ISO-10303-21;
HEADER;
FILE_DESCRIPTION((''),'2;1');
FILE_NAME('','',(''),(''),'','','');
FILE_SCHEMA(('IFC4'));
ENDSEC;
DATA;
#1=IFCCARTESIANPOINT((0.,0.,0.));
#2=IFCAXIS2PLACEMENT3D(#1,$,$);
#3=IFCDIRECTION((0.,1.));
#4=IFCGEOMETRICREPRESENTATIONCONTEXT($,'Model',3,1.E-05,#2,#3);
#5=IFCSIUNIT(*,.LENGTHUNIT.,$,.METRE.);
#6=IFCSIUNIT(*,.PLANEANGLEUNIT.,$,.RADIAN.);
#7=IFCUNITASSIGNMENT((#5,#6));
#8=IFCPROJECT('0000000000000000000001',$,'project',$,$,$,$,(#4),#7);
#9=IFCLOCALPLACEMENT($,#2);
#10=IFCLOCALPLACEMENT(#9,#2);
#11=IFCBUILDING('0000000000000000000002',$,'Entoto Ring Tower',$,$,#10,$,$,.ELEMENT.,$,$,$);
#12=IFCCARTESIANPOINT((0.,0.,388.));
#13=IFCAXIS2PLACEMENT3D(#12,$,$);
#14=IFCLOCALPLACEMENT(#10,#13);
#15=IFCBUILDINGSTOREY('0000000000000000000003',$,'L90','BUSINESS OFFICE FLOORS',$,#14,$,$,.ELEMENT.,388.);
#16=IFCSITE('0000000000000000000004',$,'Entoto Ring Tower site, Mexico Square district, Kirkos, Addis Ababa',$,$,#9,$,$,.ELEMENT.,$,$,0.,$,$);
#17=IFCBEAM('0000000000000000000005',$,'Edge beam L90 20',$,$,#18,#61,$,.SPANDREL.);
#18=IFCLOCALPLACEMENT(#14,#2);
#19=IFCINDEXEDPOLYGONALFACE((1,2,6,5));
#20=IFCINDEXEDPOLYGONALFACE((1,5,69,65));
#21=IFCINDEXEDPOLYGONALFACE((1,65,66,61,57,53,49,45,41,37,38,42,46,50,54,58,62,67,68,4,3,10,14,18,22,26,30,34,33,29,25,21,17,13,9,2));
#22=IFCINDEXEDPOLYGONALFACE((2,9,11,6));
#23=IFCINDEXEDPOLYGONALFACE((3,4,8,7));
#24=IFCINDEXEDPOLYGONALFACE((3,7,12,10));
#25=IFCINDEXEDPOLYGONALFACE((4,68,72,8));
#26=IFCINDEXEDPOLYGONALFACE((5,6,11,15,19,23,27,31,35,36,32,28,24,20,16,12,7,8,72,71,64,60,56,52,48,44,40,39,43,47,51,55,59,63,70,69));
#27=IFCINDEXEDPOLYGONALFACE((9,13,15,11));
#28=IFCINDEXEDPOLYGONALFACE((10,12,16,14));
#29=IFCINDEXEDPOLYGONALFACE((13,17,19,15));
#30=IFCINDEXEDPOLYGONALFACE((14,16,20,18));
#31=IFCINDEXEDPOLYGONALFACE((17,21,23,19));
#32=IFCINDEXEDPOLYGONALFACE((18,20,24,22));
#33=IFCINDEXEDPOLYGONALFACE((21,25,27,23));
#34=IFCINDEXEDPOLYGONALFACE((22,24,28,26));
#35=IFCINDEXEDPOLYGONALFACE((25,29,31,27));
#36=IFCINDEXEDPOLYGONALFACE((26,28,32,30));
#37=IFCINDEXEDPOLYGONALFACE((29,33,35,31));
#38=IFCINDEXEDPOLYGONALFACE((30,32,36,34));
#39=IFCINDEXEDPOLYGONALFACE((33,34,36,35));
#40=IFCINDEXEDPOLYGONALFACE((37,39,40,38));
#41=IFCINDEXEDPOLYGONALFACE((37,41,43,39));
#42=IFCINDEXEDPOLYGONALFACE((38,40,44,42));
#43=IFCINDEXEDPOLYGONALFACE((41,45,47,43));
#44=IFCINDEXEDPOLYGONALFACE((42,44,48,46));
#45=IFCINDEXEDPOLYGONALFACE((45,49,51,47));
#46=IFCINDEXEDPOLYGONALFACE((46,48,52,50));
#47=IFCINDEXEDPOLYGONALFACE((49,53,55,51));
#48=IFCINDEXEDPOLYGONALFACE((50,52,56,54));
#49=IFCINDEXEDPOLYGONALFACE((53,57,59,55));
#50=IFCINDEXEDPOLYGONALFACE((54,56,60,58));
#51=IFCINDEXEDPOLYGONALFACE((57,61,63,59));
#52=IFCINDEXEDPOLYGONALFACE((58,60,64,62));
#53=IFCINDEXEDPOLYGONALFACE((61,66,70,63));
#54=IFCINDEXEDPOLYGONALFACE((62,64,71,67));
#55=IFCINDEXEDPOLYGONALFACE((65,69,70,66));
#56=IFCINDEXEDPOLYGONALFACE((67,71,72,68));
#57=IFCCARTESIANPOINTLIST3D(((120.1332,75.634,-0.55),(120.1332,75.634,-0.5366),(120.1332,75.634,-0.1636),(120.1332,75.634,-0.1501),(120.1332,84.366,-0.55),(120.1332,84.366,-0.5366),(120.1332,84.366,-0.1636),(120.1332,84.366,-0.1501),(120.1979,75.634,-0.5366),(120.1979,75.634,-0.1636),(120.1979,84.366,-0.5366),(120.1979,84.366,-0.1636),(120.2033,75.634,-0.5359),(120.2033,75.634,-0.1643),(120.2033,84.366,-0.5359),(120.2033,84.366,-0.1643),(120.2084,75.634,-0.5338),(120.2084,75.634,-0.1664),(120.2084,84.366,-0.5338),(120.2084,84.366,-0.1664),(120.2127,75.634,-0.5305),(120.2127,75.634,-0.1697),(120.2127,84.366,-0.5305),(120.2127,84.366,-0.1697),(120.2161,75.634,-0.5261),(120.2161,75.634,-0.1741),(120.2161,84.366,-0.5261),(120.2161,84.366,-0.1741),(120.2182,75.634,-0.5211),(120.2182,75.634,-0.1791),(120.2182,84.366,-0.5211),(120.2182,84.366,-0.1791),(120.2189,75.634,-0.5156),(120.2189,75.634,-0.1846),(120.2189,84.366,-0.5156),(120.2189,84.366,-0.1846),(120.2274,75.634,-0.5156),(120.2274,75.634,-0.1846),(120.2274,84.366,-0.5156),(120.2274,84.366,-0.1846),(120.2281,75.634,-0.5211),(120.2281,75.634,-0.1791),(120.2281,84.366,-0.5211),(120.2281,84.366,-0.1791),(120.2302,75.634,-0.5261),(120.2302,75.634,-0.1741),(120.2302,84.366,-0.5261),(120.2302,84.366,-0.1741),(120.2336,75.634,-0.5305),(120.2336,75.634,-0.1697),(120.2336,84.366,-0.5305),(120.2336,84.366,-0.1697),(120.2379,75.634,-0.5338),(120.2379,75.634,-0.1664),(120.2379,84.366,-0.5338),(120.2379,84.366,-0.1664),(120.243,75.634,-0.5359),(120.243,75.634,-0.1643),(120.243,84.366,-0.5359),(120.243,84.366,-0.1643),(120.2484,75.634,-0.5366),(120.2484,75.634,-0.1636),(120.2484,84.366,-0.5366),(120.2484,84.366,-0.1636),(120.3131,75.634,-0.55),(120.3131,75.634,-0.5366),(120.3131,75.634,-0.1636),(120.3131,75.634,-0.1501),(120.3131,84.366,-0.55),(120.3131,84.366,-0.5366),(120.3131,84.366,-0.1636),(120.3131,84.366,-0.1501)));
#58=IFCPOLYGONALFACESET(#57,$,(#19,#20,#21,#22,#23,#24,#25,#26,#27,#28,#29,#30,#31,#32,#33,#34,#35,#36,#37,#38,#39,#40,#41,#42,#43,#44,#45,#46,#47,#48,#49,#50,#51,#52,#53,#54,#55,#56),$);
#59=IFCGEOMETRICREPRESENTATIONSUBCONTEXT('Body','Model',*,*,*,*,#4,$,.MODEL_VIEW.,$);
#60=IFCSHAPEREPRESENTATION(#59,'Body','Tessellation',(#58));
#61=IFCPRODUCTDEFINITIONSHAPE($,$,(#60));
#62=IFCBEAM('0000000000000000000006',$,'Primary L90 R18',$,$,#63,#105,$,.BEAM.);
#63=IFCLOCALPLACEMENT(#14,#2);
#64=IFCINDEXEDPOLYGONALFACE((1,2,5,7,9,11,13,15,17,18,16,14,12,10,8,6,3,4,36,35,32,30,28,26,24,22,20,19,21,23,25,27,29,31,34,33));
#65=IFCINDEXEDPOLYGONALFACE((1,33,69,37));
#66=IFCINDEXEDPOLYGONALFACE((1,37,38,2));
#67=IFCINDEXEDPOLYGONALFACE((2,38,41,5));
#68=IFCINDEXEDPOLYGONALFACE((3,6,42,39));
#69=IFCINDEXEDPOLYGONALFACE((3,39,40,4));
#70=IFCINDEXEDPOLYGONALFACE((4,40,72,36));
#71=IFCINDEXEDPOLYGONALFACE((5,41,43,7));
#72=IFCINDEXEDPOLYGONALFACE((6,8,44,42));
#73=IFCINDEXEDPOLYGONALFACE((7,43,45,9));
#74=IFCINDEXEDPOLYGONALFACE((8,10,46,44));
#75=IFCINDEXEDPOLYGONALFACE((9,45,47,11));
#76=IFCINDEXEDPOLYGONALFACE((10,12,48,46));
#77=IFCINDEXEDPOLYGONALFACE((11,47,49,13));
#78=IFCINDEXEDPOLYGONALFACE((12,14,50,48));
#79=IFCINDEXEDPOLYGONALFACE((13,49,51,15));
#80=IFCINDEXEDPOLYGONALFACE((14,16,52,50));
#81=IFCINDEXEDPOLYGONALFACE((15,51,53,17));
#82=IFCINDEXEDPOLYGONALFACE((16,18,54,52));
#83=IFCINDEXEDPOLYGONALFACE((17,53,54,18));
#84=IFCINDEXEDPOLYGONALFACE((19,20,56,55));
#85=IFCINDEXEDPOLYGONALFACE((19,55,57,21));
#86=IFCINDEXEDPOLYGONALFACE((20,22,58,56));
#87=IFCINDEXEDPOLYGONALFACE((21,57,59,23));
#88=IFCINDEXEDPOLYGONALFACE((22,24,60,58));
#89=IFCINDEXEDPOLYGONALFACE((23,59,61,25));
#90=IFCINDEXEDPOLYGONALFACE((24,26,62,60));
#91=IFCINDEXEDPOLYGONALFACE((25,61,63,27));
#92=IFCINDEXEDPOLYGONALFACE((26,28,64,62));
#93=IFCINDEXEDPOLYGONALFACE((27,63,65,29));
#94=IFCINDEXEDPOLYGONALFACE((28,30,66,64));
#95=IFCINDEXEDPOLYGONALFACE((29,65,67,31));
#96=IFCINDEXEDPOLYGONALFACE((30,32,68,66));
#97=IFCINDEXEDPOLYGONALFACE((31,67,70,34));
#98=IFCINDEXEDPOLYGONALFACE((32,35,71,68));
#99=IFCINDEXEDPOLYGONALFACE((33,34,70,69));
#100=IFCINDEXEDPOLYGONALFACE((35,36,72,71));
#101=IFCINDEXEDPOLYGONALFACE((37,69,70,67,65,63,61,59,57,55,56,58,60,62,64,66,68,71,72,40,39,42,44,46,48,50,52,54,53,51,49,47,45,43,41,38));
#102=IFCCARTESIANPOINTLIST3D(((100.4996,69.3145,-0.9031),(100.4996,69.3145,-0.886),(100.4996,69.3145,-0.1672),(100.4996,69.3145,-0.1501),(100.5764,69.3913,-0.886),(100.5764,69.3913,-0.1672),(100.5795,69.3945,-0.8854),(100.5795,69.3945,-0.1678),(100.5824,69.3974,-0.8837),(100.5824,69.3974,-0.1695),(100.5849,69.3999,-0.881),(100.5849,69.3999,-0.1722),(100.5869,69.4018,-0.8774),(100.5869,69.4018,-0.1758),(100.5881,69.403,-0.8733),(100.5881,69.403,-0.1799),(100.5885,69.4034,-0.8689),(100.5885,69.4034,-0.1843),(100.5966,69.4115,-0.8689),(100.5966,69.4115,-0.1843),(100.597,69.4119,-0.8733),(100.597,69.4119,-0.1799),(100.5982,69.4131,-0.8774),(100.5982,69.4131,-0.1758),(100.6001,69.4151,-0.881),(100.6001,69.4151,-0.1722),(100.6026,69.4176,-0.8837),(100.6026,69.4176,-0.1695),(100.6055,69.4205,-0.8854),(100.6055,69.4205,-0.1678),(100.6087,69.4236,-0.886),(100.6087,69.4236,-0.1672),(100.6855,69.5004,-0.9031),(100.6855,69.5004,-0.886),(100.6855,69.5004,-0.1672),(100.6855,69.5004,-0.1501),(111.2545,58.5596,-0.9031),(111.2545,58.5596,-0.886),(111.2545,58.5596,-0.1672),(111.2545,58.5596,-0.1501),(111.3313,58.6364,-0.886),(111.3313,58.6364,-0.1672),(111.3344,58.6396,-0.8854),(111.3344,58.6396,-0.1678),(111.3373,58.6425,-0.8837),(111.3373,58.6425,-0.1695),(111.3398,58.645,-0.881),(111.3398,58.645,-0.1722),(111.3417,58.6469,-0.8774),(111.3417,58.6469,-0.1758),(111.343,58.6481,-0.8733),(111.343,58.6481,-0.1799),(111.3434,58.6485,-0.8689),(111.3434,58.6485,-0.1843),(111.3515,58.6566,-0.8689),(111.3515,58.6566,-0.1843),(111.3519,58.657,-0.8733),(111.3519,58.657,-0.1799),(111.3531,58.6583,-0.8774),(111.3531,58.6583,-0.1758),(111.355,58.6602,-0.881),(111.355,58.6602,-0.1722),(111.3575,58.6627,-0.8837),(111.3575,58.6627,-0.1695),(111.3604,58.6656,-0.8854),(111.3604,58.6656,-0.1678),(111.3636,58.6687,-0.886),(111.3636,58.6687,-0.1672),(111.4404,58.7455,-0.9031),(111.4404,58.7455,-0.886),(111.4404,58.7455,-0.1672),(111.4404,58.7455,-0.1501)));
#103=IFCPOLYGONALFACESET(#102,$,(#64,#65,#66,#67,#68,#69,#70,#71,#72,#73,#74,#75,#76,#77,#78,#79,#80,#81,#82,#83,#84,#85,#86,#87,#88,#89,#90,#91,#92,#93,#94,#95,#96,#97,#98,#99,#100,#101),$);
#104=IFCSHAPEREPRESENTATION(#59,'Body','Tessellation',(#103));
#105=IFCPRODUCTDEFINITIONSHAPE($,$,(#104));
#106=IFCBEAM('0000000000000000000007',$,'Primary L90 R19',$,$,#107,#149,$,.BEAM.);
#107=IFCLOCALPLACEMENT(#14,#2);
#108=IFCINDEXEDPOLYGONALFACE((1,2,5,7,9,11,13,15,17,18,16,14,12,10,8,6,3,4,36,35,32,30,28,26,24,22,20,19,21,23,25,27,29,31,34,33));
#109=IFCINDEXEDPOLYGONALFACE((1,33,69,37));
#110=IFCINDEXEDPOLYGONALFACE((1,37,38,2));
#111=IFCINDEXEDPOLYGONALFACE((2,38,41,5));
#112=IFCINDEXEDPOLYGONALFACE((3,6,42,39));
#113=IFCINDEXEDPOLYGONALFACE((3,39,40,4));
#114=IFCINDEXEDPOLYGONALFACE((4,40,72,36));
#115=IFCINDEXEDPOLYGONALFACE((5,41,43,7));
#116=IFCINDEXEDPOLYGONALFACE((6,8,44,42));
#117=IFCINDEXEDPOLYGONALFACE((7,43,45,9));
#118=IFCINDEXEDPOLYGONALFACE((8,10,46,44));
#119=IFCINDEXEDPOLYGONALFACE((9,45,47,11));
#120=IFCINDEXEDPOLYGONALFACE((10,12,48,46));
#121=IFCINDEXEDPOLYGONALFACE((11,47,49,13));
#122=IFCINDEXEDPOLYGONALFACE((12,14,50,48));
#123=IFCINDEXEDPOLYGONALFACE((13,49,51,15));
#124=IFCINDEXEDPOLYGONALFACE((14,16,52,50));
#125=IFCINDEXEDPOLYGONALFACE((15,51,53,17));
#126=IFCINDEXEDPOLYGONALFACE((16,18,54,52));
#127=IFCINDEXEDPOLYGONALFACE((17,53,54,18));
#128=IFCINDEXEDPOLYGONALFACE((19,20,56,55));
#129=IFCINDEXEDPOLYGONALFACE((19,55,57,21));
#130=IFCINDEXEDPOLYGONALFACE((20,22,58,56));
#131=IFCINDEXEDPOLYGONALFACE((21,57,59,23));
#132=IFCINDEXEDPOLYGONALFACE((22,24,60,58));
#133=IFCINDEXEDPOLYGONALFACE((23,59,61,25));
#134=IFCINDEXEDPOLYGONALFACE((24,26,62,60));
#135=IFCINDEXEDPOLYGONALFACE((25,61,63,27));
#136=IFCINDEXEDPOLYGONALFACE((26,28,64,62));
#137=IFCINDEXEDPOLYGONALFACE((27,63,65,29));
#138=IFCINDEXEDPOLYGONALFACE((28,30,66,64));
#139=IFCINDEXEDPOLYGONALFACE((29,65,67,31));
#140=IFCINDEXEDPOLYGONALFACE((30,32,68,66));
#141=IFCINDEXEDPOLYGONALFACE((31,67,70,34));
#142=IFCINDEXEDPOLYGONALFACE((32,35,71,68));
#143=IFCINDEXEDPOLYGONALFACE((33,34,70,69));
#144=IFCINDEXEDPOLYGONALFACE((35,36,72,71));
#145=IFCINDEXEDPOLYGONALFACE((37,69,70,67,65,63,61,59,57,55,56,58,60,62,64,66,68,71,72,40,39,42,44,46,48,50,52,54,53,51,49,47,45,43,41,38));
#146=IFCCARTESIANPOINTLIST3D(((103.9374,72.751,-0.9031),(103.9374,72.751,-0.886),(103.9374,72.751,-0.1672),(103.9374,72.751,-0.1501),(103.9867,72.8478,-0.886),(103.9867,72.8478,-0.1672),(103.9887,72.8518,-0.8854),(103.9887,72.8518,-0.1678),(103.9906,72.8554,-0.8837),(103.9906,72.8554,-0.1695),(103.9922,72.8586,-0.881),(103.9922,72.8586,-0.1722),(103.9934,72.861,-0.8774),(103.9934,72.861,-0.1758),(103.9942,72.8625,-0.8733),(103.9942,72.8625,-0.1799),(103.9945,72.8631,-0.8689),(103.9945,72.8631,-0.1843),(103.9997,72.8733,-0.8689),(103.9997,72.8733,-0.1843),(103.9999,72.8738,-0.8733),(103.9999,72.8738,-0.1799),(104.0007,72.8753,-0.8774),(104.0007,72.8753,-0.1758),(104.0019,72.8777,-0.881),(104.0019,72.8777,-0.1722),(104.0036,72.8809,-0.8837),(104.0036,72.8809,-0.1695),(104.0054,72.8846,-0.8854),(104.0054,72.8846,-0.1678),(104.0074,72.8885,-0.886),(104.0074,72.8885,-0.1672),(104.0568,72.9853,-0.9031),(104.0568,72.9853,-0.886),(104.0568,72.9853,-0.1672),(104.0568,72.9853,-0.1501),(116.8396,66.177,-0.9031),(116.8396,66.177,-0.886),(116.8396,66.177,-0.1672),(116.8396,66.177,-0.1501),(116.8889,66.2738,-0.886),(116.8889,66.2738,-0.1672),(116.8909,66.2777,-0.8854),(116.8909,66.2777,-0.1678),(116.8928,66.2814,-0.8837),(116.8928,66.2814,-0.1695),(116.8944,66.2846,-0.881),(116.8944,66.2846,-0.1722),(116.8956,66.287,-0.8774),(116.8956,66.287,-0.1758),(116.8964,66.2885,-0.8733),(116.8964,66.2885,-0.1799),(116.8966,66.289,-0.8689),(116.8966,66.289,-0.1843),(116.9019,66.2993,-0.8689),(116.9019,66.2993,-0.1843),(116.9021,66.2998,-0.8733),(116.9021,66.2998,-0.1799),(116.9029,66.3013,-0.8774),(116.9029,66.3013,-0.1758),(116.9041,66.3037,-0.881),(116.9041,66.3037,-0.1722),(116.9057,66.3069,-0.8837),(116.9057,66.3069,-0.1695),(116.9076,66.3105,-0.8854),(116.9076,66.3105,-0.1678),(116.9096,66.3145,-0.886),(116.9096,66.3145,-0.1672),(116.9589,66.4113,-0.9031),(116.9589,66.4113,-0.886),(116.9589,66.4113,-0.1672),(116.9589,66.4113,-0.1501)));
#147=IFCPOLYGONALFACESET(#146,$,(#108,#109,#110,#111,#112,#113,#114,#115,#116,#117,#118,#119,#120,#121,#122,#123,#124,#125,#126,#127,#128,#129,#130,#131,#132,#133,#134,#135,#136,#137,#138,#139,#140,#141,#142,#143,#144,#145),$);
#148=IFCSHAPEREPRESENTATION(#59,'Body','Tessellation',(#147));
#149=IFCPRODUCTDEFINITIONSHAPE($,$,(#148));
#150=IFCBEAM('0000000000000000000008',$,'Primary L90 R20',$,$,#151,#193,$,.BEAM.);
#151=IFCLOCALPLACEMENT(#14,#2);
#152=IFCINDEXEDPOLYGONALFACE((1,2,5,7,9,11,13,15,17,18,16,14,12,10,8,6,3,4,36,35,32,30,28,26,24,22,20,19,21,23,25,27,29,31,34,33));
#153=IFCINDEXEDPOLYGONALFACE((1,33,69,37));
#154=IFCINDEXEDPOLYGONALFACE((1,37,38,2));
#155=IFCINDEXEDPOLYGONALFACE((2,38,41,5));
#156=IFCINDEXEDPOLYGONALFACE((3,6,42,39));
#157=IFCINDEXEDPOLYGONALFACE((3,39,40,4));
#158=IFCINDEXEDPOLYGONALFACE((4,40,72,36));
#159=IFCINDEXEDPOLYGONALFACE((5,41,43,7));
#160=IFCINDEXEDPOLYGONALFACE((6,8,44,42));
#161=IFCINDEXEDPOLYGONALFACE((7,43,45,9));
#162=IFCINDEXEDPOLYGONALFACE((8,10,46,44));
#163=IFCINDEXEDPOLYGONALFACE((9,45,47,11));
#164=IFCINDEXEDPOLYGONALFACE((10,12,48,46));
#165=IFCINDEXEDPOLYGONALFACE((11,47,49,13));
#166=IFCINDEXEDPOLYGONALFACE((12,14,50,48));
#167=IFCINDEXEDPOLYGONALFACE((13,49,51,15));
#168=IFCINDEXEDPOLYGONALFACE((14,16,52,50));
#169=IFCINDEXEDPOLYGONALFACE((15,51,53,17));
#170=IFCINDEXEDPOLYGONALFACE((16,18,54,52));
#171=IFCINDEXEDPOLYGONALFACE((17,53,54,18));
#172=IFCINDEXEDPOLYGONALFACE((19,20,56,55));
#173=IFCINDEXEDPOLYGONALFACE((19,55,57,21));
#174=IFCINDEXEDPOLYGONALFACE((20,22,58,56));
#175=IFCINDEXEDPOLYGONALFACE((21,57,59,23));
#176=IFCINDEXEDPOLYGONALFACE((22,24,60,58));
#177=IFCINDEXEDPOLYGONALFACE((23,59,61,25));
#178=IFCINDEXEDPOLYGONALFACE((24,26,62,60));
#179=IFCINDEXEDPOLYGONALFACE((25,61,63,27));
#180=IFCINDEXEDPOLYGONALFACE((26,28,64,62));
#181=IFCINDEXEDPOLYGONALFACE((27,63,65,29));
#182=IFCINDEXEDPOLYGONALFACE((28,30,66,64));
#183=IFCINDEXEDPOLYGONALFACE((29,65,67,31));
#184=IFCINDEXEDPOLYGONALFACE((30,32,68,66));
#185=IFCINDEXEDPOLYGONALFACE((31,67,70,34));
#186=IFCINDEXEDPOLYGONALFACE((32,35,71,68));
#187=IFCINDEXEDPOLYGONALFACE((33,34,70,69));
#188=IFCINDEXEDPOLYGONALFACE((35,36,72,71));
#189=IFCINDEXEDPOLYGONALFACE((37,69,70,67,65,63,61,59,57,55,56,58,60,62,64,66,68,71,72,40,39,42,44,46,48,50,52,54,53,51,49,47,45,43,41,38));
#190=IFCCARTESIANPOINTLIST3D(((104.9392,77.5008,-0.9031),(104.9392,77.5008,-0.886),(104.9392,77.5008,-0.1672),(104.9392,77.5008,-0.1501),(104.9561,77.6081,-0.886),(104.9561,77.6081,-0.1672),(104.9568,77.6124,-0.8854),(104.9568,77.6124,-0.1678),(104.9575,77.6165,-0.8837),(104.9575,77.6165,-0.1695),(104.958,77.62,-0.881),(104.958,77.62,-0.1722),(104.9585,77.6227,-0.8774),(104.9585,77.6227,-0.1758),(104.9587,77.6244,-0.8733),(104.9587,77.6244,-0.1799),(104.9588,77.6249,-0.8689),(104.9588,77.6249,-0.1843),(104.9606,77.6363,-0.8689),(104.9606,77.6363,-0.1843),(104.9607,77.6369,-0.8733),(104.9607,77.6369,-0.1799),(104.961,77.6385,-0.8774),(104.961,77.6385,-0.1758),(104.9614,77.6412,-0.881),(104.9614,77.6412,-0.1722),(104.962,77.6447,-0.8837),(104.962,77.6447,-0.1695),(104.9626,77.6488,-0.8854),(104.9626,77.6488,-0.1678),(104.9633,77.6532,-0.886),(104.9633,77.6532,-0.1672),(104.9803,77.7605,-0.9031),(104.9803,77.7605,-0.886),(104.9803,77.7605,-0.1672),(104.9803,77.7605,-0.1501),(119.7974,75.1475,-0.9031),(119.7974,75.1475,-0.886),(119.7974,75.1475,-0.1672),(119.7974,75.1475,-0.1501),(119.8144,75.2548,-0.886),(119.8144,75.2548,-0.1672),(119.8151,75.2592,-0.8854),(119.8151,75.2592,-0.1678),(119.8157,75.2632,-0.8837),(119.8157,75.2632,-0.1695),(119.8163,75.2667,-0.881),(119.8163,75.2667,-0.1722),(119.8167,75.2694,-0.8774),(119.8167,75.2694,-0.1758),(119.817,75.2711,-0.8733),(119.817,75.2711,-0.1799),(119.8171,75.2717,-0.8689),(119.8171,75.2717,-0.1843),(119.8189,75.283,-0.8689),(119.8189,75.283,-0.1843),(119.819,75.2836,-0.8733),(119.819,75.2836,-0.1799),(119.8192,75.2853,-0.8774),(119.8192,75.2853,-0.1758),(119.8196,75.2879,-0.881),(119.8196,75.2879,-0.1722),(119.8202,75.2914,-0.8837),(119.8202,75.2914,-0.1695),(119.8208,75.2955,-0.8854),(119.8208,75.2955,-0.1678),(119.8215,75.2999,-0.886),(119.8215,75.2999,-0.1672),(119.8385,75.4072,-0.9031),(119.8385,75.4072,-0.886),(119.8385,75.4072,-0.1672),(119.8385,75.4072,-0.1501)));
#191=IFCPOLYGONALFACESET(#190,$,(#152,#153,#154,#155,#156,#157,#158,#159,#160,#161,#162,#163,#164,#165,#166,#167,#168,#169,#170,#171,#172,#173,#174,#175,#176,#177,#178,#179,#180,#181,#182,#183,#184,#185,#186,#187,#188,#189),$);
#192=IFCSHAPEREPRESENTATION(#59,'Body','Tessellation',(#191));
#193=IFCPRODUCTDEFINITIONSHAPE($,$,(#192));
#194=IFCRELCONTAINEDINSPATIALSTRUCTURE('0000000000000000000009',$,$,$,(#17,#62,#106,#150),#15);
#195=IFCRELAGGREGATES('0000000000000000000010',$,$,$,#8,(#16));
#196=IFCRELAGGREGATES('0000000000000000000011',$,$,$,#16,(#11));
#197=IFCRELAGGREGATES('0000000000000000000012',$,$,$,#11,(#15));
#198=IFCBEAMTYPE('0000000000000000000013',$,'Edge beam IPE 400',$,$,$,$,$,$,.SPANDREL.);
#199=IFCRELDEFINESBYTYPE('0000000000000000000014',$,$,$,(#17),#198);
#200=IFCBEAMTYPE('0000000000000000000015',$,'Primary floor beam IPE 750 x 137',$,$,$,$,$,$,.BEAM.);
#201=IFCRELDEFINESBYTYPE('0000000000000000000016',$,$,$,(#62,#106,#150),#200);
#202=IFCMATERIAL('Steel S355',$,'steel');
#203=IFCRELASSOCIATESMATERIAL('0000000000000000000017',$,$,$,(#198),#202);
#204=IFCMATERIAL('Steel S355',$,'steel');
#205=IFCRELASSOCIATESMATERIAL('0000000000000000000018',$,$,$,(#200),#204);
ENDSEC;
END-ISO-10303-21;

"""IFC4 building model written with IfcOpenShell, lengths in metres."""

from ifc_helpers import new_model, si_unit, direction, frame, origin, origin_2d, place, context, subcontext, project, spatial, i_section, extrude, material, material_profile, profile_set, type_object, element, save


model = new_model("IFC4")

# Units and contexts
model_context = context("Model", 3, precision=1e-05, world=origin(), true_north=direction((0.0, 1.0)))
body_context = subcontext(model_context, "Body", "Model", "MODEL_VIEW")
ifc_project = project(units=[si_unit("LENGTHUNIT", "METRE"), si_unit("PLANEANGLEUNIT", "RADIAN")], contexts=[model_context])

# Site, building, storey
site_placement = place(None, origin())
site = spatial("IfcSite", under=ifc_project, at=site_placement, Name="Entoto Ring Tower site, Mexico Square district, Kirkos, Addis Ababa", CompositionType="ELEMENT", RefElevation=0.0)
building_placement = place(site_placement, origin())
building = spatial("IfcBuilding", under=site, at=building_placement, Name="Entoto Ring Tower", CompositionType="ELEMENT")
storey_placement = place(building_placement, frame((0.0, 0.0, 388.0)))
storey = spatial("IfcBuildingStorey", under=building, at=storey_placement, Name="L90", Description="BUSINESS OFFICE FLOORS", CompositionType="ELEMENT", Elevation=388.0)

# Beams
ifc_material_1 = material(Name="Steel S355", Category="steel")
ifc_material_profile_1 = material_profile(ifc_material_1, i_section(OverallWidth=0.1799, OverallDepth=0.3999, WebThickness=0.0085, FlangeThickness=0.0134, FilletRadius=0.021, at=origin_2d()), Name="IPE 400")
ifc_profile_set_1 = profile_set([ifc_material_profile_1], Name="Steel S355")
beam_type_1 = type_object("IfcBeamType", Name="Edge beam IPE 400", PredefinedType="SPANDREL", material=ifc_profile_set_1)
beam_1_placement = place(storey_placement, frame((120.2231, 75.634, -0.3501), z_axis=(0.0, 1.0, 0.0), x_axis=(-1.0, 0.0, 0.0)))
element("IfcBeam", 1, at=beam_1_placement, inside=storey, type_object=beam_type_1, Name="Edge beam L90 20", PredefinedType="SPANDREL", context=body_context, shape_type="SweptSolid", body=[
    extrude(i_section(OverallWidth=0.1799, OverallDepth=0.3999, WebThickness=0.0085, FlangeThickness=0.0134, FilletRadius=0.021, at=origin_2d()), origin(), (0.0, 0.0, 1.0), 8.7319),
])
ifc_material_2 = material(Name="Steel S355", Category="steel")
ifc_material_profile_2 = material_profile(ifc_material_2, i_section(OverallWidth=0.2629, OverallDepth=0.7529, WebThickness=0.0115, FlangeThickness=0.0171, FilletRadius=0.0171, at=origin_2d()), Name="IPE 750 x 137")
ifc_profile_set_2 = profile_set([ifc_material_profile_2], Name="Steel S355")
beam_type_2 = type_object("IfcBeamType", Name="Primary floor beam IPE 750 x 137", PredefinedType="BEAM", material=ifc_profile_set_2)
beam_2_placement = place(storey_placement, frame((100.5925, 69.4075, -0.5266), z_axis=(0.707107, -0.707107, 0.0), x_axis=(0.707107, 0.707107, 0.0)))
element("IfcBeam", 2, at=beam_2_placement, inside=storey, type_object=beam_type_2, Name="Primary L90 R18", PredefinedType="BEAM", context=body_context, shape_type="SweptSolid", body=[
    extrude(i_section(OverallWidth=0.2629, OverallDepth=0.7529, WebThickness=0.0115, FlangeThickness=0.0171, FilletRadius=0.0171, at=origin_2d()), origin(), (0.0, 0.0, 1.0), 15.2097),
])
beam_3_placement = place(storey_placement, frame((103.9971, 72.8682, -0.5266), z_axis=(0.891006, -0.453992, 0.0), x_axis=(0.453992, 0.891006, 0.0)))
element("IfcBeam", 3, at=beam_3_placement, inside=storey, type_object=beam_type_2, Name="Primary L90 R19", PredefinedType="BEAM", context=body_context, shape_type="SweptSolid", body=[
    extrude(i_section(OverallWidth=0.2629, OverallDepth=0.7529, WebThickness=0.0115, FlangeThickness=0.0171, FilletRadius=0.0171, at=origin_2d()), origin(), (0.0, 0.0, 1.0), 14.4805),
])
beam_4_placement = place(storey_placement, frame((104.9597, 77.6306, -0.5266), z_axis=(0.987689, -0.156433, 0.0), x_axis=(0.156433, 0.987689, 0.0)))
element("IfcBeam", 4, at=beam_4_placement, inside=storey, type_object=beam_type_2, Name="Primary L90 R20", PredefinedType="BEAM", context=body_context, shape_type="SweptSolid", body=[
    extrude(i_section(OverallWidth=0.2629, OverallDepth=0.7529, WebThickness=0.0115, FlangeThickness=0.0171, FilletRadius=0.0171, at=origin_2d()), origin(), (0.0, 0.0, 1.0), 15.0435),
])

save(model, "model.ifc")
